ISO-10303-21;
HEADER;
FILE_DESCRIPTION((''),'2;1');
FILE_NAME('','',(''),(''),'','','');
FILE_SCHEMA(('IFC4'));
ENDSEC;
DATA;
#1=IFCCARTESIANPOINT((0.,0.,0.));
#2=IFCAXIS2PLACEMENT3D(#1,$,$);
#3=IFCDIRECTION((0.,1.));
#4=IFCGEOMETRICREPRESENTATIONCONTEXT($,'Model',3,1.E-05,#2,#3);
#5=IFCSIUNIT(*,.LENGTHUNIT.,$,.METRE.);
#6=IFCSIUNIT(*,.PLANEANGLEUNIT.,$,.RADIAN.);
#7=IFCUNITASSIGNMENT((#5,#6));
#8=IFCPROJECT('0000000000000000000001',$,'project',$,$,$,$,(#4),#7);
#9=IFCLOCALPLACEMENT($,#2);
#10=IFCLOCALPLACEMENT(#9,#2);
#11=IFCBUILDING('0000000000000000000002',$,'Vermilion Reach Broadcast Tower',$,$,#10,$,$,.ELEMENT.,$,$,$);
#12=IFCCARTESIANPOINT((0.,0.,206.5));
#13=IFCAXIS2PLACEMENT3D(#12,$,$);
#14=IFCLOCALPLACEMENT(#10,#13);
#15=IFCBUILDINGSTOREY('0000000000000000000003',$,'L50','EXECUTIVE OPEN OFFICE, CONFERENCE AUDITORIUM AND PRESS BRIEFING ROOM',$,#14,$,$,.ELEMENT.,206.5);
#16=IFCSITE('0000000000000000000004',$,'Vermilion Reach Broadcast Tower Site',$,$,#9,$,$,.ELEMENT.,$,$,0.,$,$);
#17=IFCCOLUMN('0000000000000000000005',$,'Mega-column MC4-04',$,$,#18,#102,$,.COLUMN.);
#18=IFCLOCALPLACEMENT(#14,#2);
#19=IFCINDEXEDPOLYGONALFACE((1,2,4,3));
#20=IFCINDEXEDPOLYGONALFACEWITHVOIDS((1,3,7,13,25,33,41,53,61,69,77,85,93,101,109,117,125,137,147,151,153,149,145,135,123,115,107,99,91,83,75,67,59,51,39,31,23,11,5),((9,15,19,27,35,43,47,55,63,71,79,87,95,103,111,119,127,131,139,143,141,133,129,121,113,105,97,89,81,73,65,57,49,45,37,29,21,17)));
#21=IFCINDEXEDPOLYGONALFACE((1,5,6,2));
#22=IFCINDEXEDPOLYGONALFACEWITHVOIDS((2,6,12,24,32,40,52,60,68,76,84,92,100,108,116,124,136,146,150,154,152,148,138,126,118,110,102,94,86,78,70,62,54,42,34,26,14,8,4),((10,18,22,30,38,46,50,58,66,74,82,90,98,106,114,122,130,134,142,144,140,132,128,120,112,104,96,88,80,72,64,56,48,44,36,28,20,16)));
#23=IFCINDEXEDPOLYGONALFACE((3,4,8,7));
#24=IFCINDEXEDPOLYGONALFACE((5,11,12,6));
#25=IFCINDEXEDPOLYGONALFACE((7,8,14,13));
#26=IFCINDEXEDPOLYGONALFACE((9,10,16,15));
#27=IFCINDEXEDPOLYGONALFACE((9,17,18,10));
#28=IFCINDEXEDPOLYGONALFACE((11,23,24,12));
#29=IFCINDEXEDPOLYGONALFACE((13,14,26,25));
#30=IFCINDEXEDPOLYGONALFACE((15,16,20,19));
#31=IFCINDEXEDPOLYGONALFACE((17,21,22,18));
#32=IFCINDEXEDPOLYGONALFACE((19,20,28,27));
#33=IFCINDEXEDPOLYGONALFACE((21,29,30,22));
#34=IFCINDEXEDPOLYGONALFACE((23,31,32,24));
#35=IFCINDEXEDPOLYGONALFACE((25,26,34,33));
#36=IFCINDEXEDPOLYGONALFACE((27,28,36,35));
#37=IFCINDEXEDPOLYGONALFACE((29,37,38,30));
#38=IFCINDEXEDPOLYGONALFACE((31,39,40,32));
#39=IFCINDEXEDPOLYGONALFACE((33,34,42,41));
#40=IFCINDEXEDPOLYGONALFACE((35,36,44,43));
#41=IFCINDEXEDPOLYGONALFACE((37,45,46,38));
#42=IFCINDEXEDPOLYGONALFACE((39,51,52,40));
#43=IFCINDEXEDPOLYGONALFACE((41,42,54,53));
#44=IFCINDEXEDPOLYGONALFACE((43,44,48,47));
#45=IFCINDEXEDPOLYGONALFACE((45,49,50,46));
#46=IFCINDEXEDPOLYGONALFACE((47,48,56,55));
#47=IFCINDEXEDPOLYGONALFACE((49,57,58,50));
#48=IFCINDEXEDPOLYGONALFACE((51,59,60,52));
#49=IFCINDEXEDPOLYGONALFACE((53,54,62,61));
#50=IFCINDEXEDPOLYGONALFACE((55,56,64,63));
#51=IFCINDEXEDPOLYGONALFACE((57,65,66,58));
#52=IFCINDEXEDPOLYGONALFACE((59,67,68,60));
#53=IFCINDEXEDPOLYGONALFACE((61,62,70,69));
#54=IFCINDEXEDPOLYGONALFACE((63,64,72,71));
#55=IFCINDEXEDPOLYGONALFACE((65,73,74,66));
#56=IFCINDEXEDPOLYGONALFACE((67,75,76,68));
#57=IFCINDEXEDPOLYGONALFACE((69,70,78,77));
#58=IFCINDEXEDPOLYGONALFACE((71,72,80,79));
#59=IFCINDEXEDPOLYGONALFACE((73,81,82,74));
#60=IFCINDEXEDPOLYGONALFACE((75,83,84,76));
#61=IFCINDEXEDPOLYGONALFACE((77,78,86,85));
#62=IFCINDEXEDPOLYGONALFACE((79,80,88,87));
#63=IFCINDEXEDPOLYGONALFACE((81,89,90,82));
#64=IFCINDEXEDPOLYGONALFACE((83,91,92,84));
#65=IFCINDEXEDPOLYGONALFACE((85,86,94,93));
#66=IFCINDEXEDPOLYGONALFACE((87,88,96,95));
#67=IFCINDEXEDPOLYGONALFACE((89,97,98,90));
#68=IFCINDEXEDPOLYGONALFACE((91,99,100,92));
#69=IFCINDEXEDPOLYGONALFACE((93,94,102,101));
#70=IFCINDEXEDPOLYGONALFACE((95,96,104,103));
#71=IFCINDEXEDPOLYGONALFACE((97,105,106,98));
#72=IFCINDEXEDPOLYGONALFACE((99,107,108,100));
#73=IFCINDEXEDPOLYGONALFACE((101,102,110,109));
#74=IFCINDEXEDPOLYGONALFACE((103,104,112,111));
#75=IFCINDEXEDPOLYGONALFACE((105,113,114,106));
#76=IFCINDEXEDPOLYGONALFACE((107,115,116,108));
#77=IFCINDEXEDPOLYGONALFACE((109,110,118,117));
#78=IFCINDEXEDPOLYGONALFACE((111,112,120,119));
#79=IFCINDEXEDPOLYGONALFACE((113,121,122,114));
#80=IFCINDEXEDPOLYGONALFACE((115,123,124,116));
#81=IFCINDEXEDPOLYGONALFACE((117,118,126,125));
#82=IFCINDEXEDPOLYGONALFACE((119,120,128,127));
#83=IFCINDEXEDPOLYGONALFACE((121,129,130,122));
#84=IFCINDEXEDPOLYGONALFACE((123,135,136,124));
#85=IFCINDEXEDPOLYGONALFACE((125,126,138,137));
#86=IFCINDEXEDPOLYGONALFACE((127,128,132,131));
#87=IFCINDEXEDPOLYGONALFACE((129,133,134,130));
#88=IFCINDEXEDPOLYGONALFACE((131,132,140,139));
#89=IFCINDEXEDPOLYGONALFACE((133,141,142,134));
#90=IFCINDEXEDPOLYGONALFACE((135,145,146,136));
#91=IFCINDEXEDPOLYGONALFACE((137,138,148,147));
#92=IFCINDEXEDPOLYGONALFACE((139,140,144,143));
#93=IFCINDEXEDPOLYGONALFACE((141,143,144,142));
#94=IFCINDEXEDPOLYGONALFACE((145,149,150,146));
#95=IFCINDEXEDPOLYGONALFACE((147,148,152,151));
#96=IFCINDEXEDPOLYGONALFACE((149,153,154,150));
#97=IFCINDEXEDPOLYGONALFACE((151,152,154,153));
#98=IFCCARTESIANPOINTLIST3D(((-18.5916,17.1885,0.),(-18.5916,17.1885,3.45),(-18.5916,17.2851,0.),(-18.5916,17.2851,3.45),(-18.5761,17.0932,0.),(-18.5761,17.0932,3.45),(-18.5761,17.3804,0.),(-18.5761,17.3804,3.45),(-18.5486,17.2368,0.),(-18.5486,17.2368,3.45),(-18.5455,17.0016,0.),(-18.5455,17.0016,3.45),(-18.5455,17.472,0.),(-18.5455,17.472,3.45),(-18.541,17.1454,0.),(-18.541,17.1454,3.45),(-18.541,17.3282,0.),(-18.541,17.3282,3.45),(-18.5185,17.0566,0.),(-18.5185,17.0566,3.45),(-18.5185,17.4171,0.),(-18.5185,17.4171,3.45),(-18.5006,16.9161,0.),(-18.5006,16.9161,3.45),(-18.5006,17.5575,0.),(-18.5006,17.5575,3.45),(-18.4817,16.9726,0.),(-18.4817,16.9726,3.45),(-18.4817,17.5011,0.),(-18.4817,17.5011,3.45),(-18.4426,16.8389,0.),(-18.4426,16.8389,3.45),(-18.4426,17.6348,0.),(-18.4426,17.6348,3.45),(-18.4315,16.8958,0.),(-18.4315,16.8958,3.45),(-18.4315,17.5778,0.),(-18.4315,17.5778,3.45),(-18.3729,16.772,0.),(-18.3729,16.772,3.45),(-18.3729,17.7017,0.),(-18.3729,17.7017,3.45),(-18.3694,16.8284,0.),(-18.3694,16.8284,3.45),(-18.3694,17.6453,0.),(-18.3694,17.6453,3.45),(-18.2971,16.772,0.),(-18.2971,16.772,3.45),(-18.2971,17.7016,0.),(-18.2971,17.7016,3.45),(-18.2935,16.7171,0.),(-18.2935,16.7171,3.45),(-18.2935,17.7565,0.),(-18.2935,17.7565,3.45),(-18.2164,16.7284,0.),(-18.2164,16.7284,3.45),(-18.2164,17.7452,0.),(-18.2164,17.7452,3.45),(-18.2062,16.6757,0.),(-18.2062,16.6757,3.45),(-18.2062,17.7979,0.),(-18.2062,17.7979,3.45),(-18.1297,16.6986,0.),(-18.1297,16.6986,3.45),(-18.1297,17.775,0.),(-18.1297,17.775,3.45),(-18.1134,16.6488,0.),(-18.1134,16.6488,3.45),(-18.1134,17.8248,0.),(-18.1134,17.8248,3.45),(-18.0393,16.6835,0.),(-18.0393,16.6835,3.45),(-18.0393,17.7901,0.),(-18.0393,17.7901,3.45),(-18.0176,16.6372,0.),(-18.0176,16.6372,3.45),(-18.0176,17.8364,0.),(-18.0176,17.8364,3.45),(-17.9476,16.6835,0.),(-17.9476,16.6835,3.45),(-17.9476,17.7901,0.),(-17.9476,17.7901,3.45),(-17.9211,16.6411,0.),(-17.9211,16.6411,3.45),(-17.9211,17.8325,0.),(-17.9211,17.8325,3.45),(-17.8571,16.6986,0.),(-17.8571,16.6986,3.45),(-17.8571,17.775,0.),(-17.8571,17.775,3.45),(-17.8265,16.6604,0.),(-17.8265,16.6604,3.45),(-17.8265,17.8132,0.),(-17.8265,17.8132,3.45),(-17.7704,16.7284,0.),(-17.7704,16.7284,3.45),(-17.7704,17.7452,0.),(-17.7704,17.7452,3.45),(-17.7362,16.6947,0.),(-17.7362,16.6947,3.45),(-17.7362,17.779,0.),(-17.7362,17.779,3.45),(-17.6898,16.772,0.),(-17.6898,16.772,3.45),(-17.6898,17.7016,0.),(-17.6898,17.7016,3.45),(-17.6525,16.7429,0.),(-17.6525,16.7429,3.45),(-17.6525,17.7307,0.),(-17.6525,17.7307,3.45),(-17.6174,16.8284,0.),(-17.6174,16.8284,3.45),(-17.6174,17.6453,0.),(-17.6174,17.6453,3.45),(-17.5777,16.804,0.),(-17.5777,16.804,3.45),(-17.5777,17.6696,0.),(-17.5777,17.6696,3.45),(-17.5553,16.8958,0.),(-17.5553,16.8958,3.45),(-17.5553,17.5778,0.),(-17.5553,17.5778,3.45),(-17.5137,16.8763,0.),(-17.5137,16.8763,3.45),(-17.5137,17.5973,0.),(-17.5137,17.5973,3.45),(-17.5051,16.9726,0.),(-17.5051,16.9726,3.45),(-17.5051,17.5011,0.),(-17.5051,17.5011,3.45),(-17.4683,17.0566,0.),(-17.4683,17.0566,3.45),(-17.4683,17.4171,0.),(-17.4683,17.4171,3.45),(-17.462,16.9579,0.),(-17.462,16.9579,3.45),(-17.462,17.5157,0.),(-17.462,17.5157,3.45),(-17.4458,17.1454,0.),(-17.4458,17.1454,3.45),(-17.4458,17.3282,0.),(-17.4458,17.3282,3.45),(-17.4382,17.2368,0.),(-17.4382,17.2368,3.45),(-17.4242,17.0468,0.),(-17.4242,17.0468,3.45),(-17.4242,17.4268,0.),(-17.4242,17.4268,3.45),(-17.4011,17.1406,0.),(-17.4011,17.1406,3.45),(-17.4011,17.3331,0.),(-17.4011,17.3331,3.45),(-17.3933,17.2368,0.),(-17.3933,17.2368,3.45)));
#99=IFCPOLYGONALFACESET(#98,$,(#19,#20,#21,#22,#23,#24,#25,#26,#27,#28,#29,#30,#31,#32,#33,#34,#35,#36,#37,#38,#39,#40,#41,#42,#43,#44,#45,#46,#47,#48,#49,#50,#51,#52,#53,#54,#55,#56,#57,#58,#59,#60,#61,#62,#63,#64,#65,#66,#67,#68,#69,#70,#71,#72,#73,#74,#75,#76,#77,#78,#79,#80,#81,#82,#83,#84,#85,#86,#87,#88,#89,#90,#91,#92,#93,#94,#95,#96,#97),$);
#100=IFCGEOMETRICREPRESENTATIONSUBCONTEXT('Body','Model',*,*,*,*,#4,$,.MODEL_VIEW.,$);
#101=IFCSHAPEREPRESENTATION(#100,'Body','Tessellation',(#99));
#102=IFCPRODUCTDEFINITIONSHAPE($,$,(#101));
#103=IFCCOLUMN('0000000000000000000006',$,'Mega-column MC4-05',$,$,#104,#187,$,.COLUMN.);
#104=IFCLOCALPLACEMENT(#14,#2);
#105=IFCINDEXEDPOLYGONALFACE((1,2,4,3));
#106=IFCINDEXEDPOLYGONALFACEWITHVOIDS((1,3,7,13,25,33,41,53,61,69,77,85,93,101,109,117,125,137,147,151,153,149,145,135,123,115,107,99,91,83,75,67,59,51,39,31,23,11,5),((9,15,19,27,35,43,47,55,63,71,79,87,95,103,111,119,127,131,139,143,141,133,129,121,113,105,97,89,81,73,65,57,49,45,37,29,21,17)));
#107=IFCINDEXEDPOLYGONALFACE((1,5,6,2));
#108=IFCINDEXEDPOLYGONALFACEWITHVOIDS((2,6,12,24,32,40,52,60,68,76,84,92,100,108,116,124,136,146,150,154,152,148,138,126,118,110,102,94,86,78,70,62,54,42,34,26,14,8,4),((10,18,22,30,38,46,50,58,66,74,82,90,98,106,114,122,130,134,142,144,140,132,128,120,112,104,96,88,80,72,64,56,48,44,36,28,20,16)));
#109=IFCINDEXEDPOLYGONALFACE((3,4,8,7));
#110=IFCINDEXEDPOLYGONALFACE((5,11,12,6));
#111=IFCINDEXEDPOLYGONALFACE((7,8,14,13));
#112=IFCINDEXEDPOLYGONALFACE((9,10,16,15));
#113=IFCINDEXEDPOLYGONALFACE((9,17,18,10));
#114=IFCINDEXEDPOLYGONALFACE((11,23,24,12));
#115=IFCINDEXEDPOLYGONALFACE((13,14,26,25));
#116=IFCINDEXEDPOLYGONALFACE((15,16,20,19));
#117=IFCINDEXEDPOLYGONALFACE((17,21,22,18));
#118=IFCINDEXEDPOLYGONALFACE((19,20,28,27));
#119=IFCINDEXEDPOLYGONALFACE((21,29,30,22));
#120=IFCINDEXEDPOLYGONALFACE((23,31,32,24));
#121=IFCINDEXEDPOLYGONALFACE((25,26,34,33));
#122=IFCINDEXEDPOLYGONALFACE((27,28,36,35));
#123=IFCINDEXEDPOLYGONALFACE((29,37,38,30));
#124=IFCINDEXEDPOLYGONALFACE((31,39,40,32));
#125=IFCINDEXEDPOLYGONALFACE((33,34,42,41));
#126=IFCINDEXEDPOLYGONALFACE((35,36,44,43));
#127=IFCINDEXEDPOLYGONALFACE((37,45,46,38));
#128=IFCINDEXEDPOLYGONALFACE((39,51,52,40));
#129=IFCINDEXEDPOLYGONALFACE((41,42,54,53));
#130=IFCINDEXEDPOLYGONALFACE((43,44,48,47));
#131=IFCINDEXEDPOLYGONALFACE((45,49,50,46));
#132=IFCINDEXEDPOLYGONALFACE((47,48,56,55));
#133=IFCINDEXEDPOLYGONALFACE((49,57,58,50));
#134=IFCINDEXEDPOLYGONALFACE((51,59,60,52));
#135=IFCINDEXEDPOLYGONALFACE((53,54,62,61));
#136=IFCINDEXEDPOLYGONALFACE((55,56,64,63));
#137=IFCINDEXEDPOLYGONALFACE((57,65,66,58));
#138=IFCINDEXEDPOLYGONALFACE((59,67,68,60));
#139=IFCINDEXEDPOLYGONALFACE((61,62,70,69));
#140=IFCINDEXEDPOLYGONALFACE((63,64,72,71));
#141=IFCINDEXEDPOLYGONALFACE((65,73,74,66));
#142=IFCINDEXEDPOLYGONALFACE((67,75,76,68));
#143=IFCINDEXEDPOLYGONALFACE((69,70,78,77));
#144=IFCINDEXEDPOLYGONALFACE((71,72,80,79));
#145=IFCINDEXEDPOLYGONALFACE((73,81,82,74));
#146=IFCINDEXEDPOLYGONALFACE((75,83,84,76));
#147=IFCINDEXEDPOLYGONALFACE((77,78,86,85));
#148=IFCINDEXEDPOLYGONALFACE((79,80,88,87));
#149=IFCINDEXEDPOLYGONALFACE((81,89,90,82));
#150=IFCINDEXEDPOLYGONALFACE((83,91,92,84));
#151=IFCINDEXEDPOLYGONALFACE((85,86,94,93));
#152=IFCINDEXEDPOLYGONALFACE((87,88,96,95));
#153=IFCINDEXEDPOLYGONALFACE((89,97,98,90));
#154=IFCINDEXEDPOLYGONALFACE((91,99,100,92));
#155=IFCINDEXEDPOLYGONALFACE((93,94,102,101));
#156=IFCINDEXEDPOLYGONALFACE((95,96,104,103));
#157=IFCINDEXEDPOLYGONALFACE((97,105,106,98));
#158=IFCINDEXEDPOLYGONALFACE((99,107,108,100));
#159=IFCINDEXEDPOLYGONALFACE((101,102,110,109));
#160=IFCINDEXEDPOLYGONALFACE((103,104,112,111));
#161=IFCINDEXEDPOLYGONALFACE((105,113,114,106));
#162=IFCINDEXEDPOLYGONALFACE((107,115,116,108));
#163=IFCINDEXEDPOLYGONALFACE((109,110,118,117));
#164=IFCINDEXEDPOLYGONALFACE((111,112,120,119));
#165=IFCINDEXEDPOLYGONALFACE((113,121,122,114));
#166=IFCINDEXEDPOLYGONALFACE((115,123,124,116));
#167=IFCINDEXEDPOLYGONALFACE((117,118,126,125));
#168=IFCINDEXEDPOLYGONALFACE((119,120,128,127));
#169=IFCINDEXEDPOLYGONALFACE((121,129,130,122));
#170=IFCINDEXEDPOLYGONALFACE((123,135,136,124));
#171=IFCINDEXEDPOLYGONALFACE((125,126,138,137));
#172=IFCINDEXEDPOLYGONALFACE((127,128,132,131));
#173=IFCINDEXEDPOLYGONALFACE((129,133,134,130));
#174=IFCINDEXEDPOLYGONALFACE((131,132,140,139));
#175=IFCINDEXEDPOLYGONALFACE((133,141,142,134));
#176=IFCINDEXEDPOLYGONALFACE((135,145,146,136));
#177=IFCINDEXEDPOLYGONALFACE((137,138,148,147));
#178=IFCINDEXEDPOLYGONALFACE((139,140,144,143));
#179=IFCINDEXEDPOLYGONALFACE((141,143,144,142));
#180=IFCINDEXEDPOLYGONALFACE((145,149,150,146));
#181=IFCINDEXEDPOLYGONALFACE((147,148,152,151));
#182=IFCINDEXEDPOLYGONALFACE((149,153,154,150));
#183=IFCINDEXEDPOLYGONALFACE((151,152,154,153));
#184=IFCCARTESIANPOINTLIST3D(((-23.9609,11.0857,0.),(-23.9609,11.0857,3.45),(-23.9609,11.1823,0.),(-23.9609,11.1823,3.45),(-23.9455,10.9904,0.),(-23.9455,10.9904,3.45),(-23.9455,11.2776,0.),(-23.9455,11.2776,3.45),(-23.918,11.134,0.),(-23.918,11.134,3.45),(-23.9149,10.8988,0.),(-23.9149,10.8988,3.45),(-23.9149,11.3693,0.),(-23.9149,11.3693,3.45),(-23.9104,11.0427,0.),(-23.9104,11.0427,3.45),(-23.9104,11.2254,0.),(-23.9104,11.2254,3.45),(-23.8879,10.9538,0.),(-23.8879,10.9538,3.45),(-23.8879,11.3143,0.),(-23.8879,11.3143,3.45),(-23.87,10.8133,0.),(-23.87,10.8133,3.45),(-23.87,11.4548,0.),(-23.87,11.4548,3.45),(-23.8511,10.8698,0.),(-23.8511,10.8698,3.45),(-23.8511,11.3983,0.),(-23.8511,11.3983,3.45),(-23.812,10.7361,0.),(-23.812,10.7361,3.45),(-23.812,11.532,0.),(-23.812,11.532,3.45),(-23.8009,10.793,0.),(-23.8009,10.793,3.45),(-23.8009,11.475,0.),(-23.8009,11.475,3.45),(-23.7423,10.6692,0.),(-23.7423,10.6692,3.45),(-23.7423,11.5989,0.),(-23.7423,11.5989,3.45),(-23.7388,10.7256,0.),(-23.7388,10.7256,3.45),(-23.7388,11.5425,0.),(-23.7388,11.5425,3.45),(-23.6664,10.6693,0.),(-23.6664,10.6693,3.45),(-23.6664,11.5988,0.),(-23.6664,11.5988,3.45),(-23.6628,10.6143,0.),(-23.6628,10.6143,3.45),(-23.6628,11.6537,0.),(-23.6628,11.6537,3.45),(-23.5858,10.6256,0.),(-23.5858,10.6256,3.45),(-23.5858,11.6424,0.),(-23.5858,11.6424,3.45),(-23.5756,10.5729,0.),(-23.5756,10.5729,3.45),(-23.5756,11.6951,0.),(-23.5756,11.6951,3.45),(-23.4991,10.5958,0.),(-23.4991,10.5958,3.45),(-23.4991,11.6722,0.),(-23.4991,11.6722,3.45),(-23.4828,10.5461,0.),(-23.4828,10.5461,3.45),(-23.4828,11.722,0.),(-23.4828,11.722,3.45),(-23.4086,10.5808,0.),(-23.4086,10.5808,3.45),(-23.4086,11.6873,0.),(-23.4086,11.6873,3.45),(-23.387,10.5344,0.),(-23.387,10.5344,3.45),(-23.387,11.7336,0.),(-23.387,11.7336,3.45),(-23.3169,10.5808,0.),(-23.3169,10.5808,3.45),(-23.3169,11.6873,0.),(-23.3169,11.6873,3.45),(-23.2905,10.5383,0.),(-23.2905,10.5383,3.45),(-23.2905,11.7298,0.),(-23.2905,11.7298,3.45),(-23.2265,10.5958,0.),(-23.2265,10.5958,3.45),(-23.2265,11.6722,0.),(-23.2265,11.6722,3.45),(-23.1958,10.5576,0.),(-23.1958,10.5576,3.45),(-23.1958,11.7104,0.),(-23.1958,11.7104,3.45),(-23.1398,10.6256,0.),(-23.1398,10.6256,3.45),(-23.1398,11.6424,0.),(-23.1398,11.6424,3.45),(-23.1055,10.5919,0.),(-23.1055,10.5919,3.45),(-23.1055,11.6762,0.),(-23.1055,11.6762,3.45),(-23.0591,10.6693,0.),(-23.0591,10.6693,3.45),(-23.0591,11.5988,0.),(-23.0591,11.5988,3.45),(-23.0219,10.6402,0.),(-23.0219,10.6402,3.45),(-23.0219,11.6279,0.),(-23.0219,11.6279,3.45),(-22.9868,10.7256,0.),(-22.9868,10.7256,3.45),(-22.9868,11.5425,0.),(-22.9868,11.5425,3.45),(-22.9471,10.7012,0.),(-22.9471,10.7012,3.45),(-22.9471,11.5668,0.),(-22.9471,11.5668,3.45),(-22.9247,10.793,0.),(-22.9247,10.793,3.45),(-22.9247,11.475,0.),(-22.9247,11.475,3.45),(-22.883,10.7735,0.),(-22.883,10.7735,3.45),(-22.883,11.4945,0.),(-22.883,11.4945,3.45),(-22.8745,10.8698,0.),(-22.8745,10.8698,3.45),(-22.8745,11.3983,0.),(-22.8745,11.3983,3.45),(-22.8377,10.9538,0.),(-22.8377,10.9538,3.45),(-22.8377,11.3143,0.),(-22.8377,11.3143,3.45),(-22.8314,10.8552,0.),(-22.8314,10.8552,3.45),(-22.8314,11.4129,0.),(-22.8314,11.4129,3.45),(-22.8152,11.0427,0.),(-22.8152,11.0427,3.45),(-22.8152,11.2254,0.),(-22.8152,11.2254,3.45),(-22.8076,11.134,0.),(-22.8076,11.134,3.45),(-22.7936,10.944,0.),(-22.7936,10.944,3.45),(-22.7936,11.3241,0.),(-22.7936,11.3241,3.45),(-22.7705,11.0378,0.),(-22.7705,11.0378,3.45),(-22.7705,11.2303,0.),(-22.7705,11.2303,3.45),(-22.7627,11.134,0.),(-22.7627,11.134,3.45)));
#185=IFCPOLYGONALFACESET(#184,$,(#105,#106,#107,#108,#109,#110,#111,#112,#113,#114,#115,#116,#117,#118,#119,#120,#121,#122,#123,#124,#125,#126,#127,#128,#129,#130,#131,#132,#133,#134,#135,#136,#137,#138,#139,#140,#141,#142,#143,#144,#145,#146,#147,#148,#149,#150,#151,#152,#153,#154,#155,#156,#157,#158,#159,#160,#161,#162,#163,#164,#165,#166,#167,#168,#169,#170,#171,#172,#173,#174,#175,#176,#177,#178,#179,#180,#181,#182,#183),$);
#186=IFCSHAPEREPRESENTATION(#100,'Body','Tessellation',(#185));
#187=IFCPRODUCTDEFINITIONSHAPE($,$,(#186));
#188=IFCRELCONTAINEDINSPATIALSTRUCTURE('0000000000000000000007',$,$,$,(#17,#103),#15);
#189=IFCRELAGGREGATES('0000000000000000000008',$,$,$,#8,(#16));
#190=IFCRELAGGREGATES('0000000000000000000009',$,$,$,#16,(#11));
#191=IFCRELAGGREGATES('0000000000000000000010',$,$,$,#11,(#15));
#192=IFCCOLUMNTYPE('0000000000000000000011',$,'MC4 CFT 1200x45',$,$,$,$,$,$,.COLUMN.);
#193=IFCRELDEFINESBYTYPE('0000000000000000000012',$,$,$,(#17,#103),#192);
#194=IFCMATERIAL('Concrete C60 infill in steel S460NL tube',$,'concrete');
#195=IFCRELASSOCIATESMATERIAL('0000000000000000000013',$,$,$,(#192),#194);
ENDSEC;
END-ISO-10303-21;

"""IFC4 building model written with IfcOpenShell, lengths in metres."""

from ifc_helpers import new_model, si_unit, direction, frame, origin, origin_2d, place, context, subcontext, project, spatial, hollow_circle, extrude, material, material_profile, profile_set, type_object, element, save


model = new_model("IFC4")

# Units and contexts
model_context = context("Model", 3, precision=1e-05, world=origin(), true_north=direction((0.0, 1.0)))
body_context = subcontext(model_context, "Body", "Model", "MODEL_VIEW")
ifc_project = project(units=[si_unit("LENGTHUNIT", "METRE"), si_unit("PLANEANGLEUNIT", "RADIAN")], contexts=[model_context])

# Site, building, storey
site_placement = place(None, origin())
site = spatial("IfcSite", under=ifc_project, at=site_placement, Name="Vermilion Reach Broadcast Tower Site", CompositionType="ELEMENT", RefElevation=0.0)
building_placement = place(site_placement, origin())
building = spatial("IfcBuilding", under=site, at=building_placement, Name="Vermilion Reach Broadcast Tower", CompositionType="ELEMENT")
storey_placement = place(building_placement, frame((0.0, 0.0, 206.5)))
storey = spatial("IfcBuildingStorey", under=building, at=storey_placement, Name="L50", Description="EXECUTIVE OPEN OFFICE, CONFERENCE AUDITORIUM AND PRESS BRIEFING ROOM", CompositionType="ELEMENT", Elevation=206.5)

# Columns
ifc_material_1 = material(Name="Concrete C60 infill in steel S460NL tube", Category="concrete")
ifc_material_profile_1 = material_profile(ifc_material_1, hollow_circle(Radius=0.6001, WallThickness=0.0449, at=origin_2d()), Name="Concrete C60 infill in steel S460NL tube CFT 1200x45")
ifc_profile_set_1 = profile_set([ifc_material_profile_1], Name="Concrete C60 infill in steel S460NL tube")
column_type = type_object("IfcColumnType", Name="MC4 CFT 1200x45", PredefinedType="COLUMN", material=ifc_profile_set_1)
for number, where, z_axis, x_axis, name in (
    (1, (-17.9934, 17.2368, 0.0), (0.0, 0.0, 1.0), (1.0, 0.0, 0.0), "Mega-column MC4-04"),
    (2, (-23.3628, 11.134, 0.0), (0.0, 0.0, 1.0), (1.0, 0.0, 0.0), "Mega-column MC4-05"),
):
    element("IfcColumn", number, at=place(storey_placement, frame(where, z_axis=z_axis, x_axis=x_axis)), inside=storey, type_object=column_type, Name=name, PredefinedType="COLUMN", context=body_context, shape_type="SweptSolid", body=[
        extrude(hollow_circle(Radius=0.6001, WallThickness=0.0449, at=origin_2d()), origin(), (0.0, 0.0, 1.0), 3.45),
    ])

save(model, "model.ifc")
